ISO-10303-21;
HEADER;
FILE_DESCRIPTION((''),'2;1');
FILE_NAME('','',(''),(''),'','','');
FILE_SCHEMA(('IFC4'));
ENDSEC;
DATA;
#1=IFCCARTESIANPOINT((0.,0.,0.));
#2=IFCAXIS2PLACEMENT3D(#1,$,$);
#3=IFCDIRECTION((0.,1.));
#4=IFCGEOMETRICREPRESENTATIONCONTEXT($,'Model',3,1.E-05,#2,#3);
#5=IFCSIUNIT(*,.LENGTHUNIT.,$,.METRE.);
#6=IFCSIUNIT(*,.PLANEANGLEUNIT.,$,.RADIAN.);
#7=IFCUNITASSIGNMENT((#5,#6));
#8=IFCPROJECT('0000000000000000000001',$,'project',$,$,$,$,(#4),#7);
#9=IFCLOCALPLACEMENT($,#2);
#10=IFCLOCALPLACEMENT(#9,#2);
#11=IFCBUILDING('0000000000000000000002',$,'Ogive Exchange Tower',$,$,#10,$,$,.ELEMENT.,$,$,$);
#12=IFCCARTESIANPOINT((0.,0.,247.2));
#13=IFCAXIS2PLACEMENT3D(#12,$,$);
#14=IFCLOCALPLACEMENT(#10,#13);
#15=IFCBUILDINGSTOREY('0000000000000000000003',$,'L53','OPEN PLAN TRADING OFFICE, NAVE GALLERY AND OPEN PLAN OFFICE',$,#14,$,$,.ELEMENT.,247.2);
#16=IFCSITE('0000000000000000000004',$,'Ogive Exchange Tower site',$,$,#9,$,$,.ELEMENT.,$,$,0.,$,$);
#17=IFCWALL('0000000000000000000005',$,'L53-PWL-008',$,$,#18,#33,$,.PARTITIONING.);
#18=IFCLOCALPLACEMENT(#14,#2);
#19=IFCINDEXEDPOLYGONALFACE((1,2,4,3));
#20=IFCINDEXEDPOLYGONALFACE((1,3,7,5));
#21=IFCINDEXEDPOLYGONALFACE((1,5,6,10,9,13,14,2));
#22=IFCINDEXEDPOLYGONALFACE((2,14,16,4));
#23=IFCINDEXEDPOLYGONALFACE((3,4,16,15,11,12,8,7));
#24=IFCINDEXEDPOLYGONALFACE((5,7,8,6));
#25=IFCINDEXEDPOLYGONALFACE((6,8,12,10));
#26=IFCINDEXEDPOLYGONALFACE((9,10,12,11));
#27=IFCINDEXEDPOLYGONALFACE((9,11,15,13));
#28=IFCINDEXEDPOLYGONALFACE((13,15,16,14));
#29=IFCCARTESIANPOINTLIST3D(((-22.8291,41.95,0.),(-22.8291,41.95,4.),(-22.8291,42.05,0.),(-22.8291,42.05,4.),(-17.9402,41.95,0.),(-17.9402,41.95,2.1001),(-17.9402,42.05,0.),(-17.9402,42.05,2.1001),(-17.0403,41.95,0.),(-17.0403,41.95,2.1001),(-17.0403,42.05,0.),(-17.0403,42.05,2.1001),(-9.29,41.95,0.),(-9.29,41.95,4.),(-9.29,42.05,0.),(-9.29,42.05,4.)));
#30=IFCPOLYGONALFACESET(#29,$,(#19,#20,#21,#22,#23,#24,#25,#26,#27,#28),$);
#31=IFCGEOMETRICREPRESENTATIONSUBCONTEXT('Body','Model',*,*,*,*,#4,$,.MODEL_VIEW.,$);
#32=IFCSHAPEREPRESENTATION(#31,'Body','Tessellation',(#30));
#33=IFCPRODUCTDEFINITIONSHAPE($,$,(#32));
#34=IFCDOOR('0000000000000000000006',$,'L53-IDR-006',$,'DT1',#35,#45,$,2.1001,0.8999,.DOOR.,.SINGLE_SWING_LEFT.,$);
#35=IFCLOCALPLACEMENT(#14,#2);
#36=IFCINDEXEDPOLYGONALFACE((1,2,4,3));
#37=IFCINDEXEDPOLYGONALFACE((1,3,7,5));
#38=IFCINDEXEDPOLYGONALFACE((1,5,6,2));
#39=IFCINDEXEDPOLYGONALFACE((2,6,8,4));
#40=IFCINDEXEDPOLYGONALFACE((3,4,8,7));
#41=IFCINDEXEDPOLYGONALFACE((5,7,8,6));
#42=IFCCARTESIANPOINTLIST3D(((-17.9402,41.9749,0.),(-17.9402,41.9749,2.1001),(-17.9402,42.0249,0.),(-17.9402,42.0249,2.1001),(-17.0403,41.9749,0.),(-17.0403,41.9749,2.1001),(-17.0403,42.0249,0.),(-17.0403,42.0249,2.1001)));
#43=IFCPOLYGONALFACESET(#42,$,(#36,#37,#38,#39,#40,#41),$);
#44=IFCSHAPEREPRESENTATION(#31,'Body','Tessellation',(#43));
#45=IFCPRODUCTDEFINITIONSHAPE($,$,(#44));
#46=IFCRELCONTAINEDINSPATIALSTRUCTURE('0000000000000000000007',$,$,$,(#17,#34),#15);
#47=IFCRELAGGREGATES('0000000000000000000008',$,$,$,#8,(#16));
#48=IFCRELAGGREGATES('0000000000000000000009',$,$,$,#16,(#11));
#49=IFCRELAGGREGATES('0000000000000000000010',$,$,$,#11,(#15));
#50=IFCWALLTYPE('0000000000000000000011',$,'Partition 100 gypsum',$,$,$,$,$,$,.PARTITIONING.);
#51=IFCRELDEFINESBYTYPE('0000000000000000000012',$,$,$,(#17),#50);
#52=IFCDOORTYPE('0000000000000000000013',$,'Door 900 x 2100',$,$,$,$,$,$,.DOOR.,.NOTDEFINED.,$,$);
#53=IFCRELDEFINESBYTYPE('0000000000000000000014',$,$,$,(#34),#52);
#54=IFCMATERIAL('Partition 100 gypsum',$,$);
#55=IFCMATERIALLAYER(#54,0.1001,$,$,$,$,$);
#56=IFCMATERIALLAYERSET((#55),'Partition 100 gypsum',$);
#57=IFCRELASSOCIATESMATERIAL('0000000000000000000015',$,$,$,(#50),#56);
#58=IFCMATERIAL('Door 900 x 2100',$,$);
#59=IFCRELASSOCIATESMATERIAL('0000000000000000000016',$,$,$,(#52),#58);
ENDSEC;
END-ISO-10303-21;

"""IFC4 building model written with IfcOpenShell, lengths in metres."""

from ifc_helpers import new_model, si_unit, direction, frame, frame_2d, origin, place, context, subcontext, project, spatial, rectangle, extrude, material, layer, layer_set, type_object, element, fill, save


model = new_model("IFC4")

# Units and contexts
model_context = context("Model", 3, precision=1e-05, world=origin(), true_north=direction((0.0, 1.0)))
body_context = subcontext(model_context, "Body", "Model", "MODEL_VIEW")
ifc_project = project(units=[si_unit("LENGTHUNIT", "METRE"), si_unit("PLANEANGLEUNIT", "RADIAN")], contexts=[model_context])

# Site, building, storey
site_placement = place(None, origin())
site = spatial("IfcSite", under=ifc_project, at=site_placement, Name="Ogive Exchange Tower site", CompositionType="ELEMENT", RefElevation=0.0)
building_placement = place(site_placement, origin())
building = spatial("IfcBuilding", under=site, at=building_placement, Name="Ogive Exchange Tower", CompositionType="ELEMENT")
storey_placement = place(building_placement, frame((0.0, 0.0, 247.2)))
storey = spatial("IfcBuildingStorey", under=building, at=storey_placement, Name="L53", Description="OPEN PLAN TRADING OFFICE, NAVE GALLERY AND OPEN PLAN OFFICE", CompositionType="ELEMENT", Elevation=247.2)

# Wall, opening, door
ifc_material_1 = material(Name="Partition 100 gypsum")
ifc_layer_1 = layer(ifc_material_1, 0.1001)
ifc_layer_set_1 = layer_set([ifc_layer_1], Name="Partition 100 gypsum")
wall_type_1 = type_object("IfcWallType", Name="Partition 100 gypsum", PredefinedType="PARTITIONING", material=ifc_layer_set_1)
wall_1_placement = place(storey_placement, frame((-22.8291, 42.0, 0.0), z_axis=(0.0, 0.0, 1.0), x_axis=(1.0, 0.0, 0.0)))
wall_1 = element("IfcWall", 1, at=wall_1_placement, inside=storey, type_object=wall_type_1, Name="L53-PWL-008", PredefinedType="PARTITIONING", context=body_context, shape_type="SweptSolid", body=[
    extrude(rectangle(XDim=13.5391, YDim=0.1001, at=frame_2d((6.7695, 0.0))), origin(), (0.0, 0.0, 1.0), 4.0),
])
opening_1_placement = place(wall_1_placement, frame((4.8889, 0.0, 0.0)))
opening_1 = element("IfcOpeningElement", 2, at=opening_1_placement, cuts=wall_1, PredefinedType="OPENING", context=body_context, shape_type="SweptSolid", body=[
    extrude(rectangle(XDim=0.8999, YDim=2.1001, at=frame_2d((0.45, 1.05))), frame((0.0, 0.0601, 0.0), z_axis=(0.0, -1.0, 0.0), x_axis=(1.0, 0.0, 0.0)), (0.0, 0.0, 1.0), 0.1201),
])
ifc_material_2 = material(Name="Door 900 x 2100")
door_type_1 = type_object("IfcDoorType", Name="Door 900 x 2100", OperationType="NOTDEFINED", PredefinedType="DOOR", material=ifc_material_2)
door_1_placement = place(opening_1_placement, origin())
door_1 = element("IfcDoor", 3, at=door_1_placement, inside=storey, type_object=door_type_1, Name="L53-IDR-006", ObjectType="DT1", OperationType="SINGLE_SWING_LEFT", OverallHeight=2.1001, OverallWidth=0.8999, PredefinedType="DOOR", context=body_context, shape_type="SweptSolid", body=[
    extrude(rectangle(XDim=0.8999, YDim=2.1001, at=frame_2d((0.45, 1.05))), frame((0.0, 0.0249, 0.0), z_axis=(0.0, -1.0, 0.0), x_axis=(1.0, 0.0, 0.0)), (0.0, 0.0, 1.0), 0.05),
])
fill(opening_1, door_1)

save(model, "model.ifc")
